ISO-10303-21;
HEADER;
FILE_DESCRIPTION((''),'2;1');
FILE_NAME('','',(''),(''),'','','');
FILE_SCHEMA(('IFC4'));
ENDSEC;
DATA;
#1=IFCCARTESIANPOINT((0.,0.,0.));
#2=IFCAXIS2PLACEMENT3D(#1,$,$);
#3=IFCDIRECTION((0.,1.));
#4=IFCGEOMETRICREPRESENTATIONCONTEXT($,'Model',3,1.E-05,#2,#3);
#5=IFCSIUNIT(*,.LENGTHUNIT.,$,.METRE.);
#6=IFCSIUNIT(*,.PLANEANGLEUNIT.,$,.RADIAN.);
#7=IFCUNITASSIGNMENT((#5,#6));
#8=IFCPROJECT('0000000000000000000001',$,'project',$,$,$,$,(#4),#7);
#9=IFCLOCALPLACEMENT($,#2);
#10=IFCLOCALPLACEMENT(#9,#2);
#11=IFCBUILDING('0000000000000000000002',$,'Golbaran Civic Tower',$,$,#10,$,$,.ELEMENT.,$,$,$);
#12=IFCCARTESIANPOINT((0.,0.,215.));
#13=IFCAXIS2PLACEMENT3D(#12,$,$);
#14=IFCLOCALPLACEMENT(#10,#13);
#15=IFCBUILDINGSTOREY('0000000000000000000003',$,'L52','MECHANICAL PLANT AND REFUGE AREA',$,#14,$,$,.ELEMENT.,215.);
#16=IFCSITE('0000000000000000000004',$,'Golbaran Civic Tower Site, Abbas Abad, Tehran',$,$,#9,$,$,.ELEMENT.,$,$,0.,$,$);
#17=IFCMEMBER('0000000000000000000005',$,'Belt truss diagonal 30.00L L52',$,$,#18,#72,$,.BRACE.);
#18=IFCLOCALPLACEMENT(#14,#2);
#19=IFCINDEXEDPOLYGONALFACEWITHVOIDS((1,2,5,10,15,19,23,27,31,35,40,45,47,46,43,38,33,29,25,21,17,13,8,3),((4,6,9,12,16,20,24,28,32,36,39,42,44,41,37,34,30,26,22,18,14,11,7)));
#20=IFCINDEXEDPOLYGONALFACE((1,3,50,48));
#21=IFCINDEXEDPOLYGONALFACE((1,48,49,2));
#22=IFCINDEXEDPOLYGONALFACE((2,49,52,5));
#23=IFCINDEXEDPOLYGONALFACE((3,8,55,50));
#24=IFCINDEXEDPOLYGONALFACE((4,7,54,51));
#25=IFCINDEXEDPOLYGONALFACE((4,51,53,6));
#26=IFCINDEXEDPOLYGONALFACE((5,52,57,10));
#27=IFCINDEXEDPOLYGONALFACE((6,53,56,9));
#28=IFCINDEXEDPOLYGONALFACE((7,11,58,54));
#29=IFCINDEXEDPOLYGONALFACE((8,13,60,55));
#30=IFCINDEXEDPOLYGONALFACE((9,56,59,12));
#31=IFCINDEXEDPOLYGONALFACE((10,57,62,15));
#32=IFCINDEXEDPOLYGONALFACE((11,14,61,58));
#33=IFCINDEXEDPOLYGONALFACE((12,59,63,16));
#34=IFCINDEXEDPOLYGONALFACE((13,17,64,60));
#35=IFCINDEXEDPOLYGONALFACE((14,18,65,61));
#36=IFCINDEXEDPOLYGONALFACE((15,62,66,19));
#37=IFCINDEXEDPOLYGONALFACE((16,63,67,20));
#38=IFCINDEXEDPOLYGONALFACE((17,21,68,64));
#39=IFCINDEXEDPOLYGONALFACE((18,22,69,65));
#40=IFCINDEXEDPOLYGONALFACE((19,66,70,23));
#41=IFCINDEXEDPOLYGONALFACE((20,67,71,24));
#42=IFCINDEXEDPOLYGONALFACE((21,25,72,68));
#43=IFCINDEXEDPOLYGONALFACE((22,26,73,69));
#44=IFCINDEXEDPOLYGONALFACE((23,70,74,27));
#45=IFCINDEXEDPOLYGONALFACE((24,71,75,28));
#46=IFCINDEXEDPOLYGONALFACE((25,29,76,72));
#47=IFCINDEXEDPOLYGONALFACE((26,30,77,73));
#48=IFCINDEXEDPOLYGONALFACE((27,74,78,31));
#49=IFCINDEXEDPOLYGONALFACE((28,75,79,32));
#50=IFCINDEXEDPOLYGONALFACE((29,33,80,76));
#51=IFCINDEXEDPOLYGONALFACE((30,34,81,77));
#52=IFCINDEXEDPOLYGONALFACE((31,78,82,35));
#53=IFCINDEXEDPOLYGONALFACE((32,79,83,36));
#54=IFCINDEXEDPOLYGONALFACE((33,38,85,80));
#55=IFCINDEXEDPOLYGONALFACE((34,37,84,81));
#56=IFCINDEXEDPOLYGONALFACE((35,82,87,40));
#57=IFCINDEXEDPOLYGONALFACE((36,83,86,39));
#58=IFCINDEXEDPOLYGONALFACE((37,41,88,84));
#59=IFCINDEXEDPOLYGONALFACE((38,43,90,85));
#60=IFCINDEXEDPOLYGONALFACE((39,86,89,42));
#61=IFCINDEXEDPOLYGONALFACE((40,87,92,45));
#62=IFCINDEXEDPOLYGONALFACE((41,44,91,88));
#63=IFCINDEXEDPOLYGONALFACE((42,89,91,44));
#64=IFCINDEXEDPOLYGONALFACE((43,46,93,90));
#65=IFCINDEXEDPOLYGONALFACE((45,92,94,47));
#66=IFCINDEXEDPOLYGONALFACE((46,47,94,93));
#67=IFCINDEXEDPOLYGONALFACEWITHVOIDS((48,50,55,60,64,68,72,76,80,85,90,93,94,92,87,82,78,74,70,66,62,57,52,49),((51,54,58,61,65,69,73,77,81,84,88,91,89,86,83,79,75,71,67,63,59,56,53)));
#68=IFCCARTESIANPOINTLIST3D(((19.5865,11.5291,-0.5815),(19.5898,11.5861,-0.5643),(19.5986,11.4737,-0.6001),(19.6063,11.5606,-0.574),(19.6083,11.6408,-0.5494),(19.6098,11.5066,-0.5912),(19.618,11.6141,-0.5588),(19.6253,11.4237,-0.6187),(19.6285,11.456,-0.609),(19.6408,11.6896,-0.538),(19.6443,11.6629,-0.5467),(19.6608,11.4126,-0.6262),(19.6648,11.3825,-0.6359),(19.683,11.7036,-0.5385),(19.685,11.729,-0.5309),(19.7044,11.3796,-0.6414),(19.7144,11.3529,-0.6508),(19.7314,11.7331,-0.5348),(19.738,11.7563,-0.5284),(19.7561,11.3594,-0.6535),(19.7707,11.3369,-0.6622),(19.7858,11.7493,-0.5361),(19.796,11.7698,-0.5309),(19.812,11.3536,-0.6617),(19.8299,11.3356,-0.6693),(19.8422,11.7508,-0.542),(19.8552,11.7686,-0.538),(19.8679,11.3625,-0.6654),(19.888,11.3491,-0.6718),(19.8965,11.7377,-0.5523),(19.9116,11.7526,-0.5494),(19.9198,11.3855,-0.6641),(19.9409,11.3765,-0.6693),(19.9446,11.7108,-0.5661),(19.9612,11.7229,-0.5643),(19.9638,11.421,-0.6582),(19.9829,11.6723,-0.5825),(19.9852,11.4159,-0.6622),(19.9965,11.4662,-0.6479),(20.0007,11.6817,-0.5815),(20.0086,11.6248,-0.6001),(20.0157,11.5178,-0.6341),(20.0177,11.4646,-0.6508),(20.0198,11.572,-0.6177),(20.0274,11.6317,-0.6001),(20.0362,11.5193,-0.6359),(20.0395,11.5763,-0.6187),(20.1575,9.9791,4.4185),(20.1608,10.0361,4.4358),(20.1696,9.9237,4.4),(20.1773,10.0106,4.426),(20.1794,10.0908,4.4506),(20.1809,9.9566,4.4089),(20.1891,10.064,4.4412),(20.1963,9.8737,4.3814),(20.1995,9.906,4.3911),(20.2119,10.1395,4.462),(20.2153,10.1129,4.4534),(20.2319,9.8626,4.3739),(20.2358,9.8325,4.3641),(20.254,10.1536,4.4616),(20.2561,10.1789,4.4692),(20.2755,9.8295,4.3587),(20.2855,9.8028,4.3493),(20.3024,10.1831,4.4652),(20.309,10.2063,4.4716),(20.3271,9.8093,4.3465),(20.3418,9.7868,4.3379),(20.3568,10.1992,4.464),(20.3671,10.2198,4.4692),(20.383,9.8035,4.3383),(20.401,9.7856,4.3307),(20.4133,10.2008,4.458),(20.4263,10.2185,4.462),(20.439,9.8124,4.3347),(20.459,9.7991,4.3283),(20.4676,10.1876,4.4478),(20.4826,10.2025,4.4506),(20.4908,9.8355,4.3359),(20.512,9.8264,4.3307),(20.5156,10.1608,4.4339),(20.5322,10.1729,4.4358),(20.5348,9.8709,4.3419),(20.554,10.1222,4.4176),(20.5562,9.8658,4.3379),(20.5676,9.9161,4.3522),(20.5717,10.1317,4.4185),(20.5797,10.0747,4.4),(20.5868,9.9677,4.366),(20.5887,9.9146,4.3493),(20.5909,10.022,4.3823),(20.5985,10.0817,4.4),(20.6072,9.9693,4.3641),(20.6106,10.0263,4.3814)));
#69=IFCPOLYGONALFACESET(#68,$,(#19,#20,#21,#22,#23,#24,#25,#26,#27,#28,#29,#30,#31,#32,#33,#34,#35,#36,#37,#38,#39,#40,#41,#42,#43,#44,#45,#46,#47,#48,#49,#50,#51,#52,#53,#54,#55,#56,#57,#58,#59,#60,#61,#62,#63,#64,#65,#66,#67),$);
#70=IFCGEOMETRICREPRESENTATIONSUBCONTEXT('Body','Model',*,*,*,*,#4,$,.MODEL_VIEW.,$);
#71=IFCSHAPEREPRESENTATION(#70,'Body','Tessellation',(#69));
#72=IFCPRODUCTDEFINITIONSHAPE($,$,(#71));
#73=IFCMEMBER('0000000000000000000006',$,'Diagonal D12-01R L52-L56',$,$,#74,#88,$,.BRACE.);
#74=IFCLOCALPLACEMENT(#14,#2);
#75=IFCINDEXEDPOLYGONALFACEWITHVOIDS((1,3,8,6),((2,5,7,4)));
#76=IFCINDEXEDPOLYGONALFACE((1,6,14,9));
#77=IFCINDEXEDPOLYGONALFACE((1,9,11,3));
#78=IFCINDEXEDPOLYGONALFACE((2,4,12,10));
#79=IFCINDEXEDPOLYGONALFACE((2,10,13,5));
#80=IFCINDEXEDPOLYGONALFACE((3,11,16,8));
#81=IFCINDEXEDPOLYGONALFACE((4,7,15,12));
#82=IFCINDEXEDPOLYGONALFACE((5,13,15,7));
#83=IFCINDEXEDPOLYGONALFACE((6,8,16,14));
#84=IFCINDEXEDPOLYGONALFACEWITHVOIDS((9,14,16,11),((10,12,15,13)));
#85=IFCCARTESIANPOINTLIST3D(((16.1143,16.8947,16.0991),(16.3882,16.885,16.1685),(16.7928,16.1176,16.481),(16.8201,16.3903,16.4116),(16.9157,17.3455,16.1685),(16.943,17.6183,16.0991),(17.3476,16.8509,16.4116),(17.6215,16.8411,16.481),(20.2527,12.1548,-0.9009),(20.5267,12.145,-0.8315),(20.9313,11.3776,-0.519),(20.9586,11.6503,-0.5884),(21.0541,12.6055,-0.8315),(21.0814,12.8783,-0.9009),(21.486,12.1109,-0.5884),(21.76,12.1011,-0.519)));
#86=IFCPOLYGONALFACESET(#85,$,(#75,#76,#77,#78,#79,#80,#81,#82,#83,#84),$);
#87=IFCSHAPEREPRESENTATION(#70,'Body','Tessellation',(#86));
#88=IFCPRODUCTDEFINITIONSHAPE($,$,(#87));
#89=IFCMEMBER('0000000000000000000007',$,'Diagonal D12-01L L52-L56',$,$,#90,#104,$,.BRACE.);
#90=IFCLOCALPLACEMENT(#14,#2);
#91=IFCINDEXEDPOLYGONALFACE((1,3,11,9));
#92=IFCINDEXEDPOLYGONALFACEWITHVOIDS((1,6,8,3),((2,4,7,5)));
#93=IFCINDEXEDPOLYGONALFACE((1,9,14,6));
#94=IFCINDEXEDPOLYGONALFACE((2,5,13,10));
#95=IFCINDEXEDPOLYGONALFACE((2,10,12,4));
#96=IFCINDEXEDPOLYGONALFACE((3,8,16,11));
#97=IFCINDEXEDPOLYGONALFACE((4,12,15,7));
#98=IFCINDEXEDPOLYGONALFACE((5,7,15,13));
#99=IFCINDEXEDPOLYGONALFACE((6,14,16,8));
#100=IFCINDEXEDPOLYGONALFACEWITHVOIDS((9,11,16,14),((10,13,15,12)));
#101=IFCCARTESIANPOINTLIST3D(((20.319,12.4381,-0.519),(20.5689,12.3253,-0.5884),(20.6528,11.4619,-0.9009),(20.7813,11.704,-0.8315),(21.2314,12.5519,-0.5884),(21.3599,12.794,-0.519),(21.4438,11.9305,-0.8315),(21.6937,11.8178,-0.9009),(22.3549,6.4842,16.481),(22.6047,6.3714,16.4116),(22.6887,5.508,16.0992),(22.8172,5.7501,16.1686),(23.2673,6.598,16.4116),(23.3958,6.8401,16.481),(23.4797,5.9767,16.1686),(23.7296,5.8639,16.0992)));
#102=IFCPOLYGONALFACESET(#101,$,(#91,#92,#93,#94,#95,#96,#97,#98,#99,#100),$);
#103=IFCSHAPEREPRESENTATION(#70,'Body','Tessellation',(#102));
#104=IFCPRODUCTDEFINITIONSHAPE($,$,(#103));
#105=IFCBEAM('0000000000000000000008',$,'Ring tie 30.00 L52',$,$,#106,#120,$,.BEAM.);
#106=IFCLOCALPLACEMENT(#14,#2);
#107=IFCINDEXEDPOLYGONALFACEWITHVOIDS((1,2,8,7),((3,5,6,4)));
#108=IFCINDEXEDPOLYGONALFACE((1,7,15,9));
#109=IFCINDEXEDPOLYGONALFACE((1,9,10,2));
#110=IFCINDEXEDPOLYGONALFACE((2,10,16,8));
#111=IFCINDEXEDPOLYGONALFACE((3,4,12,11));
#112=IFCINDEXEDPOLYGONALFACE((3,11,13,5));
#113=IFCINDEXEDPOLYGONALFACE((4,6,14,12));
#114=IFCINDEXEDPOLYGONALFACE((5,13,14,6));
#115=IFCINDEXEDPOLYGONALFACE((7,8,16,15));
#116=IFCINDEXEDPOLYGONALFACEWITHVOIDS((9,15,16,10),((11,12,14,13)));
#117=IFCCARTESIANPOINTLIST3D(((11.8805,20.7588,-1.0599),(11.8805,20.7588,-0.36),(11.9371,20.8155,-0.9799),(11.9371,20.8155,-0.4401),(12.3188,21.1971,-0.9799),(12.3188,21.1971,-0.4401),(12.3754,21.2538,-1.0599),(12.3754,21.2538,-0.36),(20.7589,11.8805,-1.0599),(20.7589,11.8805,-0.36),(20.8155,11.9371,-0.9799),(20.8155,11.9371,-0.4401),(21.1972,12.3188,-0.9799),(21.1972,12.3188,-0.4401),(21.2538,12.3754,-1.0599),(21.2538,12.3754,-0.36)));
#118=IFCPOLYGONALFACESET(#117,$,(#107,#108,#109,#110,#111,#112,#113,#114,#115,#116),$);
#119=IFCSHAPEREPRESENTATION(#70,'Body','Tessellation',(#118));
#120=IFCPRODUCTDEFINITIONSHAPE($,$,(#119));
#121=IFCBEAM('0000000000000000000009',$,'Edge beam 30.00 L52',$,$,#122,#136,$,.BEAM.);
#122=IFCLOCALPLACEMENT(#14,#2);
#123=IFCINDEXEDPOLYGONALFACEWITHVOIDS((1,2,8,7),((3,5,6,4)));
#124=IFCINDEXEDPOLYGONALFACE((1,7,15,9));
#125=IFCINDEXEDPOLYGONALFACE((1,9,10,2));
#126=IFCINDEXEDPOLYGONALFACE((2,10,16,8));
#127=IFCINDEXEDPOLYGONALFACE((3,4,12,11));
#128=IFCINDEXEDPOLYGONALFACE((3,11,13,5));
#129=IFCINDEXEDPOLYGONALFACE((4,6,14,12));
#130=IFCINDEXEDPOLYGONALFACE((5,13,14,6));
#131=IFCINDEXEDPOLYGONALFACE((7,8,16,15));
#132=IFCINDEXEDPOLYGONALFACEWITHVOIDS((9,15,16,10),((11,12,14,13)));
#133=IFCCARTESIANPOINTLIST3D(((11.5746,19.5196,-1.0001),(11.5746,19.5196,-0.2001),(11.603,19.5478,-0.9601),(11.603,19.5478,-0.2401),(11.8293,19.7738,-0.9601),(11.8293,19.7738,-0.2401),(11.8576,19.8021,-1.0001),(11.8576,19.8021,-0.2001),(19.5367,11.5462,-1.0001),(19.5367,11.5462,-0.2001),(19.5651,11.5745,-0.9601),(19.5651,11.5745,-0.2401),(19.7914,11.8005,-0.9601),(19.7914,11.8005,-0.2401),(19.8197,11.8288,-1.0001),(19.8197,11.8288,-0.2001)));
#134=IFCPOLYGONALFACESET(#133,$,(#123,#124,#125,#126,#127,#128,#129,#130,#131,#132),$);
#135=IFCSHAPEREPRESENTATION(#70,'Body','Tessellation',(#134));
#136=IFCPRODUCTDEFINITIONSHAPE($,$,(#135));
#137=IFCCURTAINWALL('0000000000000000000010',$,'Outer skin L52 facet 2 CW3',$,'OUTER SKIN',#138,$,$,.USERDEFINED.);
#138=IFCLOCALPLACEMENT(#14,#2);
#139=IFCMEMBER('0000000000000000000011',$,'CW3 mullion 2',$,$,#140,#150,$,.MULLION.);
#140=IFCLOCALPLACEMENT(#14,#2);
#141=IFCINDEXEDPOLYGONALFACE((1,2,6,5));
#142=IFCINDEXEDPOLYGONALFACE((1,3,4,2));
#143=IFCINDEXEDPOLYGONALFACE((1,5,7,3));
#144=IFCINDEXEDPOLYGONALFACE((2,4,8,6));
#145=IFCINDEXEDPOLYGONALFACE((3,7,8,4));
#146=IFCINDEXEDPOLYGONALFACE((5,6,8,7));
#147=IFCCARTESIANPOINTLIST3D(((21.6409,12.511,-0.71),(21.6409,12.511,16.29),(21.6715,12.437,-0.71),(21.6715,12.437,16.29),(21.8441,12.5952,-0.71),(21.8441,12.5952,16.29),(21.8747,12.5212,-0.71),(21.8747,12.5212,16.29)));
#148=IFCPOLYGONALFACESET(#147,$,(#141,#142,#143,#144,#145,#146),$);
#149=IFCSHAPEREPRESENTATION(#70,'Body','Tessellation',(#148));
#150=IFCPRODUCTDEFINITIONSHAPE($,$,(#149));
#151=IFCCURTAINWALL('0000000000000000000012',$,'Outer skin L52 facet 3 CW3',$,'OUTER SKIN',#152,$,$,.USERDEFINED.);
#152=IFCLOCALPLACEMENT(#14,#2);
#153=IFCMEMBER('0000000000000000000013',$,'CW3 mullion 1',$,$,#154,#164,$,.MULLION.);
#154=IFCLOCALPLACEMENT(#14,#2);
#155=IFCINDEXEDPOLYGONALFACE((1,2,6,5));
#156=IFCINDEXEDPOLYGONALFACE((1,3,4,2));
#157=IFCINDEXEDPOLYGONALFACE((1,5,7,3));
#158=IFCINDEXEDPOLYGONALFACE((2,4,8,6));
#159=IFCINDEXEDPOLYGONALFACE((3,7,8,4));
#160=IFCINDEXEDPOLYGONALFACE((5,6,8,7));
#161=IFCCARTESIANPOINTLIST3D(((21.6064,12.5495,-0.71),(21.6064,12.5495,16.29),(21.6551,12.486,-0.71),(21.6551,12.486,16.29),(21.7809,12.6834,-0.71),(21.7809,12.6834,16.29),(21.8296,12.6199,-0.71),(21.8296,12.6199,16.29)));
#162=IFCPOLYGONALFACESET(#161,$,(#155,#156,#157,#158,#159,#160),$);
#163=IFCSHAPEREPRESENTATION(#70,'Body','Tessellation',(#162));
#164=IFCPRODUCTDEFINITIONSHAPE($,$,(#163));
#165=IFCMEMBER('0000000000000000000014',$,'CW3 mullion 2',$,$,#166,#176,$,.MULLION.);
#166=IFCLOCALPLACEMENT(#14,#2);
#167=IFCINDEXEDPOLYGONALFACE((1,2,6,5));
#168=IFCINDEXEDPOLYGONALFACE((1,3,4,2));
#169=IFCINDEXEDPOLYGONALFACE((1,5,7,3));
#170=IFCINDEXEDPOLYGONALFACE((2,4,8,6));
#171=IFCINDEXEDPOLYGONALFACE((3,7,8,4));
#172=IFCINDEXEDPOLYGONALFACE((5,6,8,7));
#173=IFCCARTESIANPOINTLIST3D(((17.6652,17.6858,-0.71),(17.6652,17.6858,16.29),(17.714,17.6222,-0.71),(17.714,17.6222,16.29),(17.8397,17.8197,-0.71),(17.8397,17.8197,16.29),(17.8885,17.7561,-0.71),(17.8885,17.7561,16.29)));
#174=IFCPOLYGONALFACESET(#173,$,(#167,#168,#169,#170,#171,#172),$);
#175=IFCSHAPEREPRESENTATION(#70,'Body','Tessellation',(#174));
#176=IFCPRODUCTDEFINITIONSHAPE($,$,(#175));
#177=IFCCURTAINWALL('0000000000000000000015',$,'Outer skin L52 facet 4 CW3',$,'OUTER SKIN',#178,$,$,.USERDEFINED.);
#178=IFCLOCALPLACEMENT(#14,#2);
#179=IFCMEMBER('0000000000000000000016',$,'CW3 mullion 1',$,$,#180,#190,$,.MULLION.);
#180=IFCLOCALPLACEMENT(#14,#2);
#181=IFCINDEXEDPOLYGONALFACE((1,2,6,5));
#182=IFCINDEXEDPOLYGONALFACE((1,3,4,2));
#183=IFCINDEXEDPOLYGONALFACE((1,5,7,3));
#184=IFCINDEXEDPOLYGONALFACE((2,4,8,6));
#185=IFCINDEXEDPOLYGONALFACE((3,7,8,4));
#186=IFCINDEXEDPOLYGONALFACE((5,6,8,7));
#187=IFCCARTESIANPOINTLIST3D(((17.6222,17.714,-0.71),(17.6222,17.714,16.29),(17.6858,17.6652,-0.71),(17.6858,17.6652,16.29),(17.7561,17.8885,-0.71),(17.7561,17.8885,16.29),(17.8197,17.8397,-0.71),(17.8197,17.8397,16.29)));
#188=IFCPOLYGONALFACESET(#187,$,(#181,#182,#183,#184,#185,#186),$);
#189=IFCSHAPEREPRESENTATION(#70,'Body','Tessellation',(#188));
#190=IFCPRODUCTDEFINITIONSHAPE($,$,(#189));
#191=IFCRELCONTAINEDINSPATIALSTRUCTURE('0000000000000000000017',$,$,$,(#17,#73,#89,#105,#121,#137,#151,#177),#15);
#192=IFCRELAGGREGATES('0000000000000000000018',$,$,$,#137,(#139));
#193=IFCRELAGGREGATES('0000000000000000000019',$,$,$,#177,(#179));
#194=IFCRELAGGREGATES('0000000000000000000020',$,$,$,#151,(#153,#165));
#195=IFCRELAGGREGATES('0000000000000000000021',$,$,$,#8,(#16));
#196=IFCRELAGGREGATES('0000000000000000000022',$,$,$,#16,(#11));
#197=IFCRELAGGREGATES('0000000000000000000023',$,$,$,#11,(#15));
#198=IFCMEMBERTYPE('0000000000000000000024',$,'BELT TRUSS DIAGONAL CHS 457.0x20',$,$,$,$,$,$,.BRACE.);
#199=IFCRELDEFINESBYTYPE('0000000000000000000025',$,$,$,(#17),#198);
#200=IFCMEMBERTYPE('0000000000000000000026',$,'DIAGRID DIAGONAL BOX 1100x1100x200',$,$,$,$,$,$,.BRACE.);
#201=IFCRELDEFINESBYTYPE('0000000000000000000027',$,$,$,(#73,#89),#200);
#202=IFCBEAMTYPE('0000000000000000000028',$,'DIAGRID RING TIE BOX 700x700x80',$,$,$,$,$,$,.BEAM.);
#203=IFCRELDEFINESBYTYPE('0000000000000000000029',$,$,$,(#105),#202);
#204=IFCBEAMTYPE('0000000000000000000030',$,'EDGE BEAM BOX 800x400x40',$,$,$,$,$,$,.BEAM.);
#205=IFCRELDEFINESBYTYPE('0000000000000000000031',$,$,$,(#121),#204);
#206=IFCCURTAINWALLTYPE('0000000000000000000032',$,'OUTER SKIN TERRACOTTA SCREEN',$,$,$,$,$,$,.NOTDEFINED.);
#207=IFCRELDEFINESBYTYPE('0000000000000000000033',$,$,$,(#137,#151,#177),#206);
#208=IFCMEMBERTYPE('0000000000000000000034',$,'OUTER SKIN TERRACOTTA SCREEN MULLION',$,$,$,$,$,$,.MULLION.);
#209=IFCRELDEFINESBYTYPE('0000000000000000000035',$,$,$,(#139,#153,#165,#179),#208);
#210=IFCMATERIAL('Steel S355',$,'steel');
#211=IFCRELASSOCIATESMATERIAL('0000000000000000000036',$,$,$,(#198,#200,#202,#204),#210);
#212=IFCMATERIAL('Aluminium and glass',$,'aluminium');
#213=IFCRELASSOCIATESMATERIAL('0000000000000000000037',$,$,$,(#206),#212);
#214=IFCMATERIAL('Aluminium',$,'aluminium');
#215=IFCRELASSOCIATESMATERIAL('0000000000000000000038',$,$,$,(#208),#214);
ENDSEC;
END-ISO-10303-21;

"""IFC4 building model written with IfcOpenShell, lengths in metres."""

from ifc_helpers import new_model, si_unit, direction, frame, origin, origin_2d, place, context, subcontext, project, spatial, rectangle, hollow_rectangle, hollow_circle, extrude, material, material_profile, profile_set, type_object, element, aggregate, save


model = new_model("IFC4")

# Units and contexts
model_context = context("Model", 3, precision=1e-05, world=origin(), true_north=direction((0.0, 1.0)))
body_context = subcontext(model_context, "Body", "Model", "MODEL_VIEW")
ifc_project = project(units=[si_unit("LENGTHUNIT", "METRE"), si_unit("PLANEANGLEUNIT", "RADIAN")], contexts=[model_context])

# Site, building, storey
site_placement = place(None, origin())
site = spatial("IfcSite", under=ifc_project, at=site_placement, Name="Golbaran Civic Tower Site, Abbas Abad, Tehran", CompositionType="ELEMENT", RefElevation=0.0)
building_placement = place(site_placement, origin())
building = spatial("IfcBuilding", under=site, at=building_placement, Name="Golbaran Civic Tower", CompositionType="ELEMENT")
storey_placement = place(building_placement, frame((0.0, 0.0, 215.0)))
storey = spatial("IfcBuildingStorey", under=building, at=storey_placement, Name="L52", Description="MECHANICAL PLANT AND REFUGE AREA", CompositionType="ELEMENT", Elevation=215.0)

# Members
ifc_material_1 = material(Name="Steel S355", Category="steel")
ifc_material_profile_1 = material_profile(ifc_material_1, hollow_circle(Radius=0.2285, WallThickness=0.02, at=origin_2d()), Name="CHS 457.0x20")
ifc_profile_set_1 = profile_set([ifc_material_profile_1], Name="Steel S355")
member_type_1 = type_object("IfcMemberType", Name="BELT TRUSS DIAGONAL CHS 457.0x20", PredefinedType="BRACE", material=ifc_profile_set_1)
member_1_placement = place(storey_placement, frame((19.813, 11.5527, -0.6001), z_axis=(0.108444, -0.294361, 0.949522), x_axis=(0.938348, 0.345692, 0.0)))
element("IfcMember", 1, at=member_1_placement, inside=storey, type_object=member_type_1, Name="Belt truss diagonal 30.00L L52", PredefinedType="BRACE", context=body_context, shape_type="SweptSolid", body=[
    extrude(hollow_circle(Radius=0.2285, WallThickness=0.02, at=origin_2d()), origin(), (0.0, 0.0, 1.0), 5.2659),
])
ifc_material_profile_2 = material_profile(ifc_material_1, hollow_rectangle(XDim=1.1001, YDim=1.1001, WallThickness=0.2, at=origin_2d()), Name="BOX 1100x1100x200")
ifc_profile_set_2 = profile_set([ifc_material_profile_2], Name="Steel S355")
member_type_2 = type_object("IfcMemberType", Name="DIAGRID DIAGONAL BOX 1100x1100x200", PredefinedType="BRACE", material=ifc_profile_set_2)
for number, where, z_axis, x_axis, name in (
    (2, (21.0063, 12.1279, -0.71), (-0.2283, 0.261485, 0.937819), (-0.75329, -0.657688, 0.0), "Diagonal D12-01R L52-L56"),
    (3, (21.0063, 12.1279, -0.71), (0.112312, -0.32845, 0.93782), (0.946211, 0.323551, 0.0), "Diagonal D12-01L L52-L56"),
):
    element("IfcMember", number, at=place(storey_placement, frame(where, z_axis=z_axis, x_axis=x_axis)), inside=storey, type_object=member_type_2, Name=name, PredefinedType="BRACE", context=body_context, shape_type="SweptSolid", body=[
        extrude(hollow_rectangle(XDim=1.1001, YDim=1.1001, WallThickness=0.2, at=origin_2d()), origin(), (0.0, 0.0, 1.0), 18.1272),
    ])

# Beams
ifc_material_profile_3 = material_profile(ifc_material_1, hollow_rectangle(XDim=0.7, YDim=0.7, WallThickness=0.0801, at=origin_2d()), Name="BOX 700x700x80")
ifc_profile_set_3 = profile_set([ifc_material_profile_3], Name="Steel S355")
beam_type_1 = type_object("IfcBeamType", Name="DIAGRID RING TIE BOX 700x700x80", PredefinedType="BEAM", material=ifc_profile_set_3)
beam_1_placement = place(storey_placement, frame((21.0063, 12.1279, -0.71), z_axis=(-0.707107, 0.707107, 0.0), x_axis=(-0.707107, -0.707107, 0.0)))
element("IfcBeam", 4, at=beam_1_placement, inside=storey, type_object=beam_type_1, Name="Ring tie 30.00 L52", PredefinedType="BEAM", context=body_context, shape_type="SweptSolid", body=[
    extrude(hollow_rectangle(XDim=0.7, YDim=0.7, WallThickness=0.0801, at=origin_2d()), origin(), (0.0, 0.0, 1.0), 12.5559),
])
ifc_material_profile_4 = material_profile(ifc_material_1, hollow_rectangle(XDim=0.3999, YDim=0.8, WallThickness=0.04, at=origin_2d()), Name="BOX 800x400x40")
ifc_profile_set_4 = profile_set([ifc_material_profile_4], Name="Steel S355")
beam_type_2 = type_object("IfcBeamType", Name="EDGE BEAM BOX 800x400x40", PredefinedType="BEAM", material=ifc_profile_set_4)
beam_2_placement = place(storey_placement, frame((19.6782, 11.6875, -0.6001), z_axis=(-0.706608, 0.707605, 0.0), x_axis=(-0.707605, -0.706608, 0.0)))
element("IfcBeam", 5, at=beam_2_placement, inside=storey, type_object=beam_type_2, Name="Edge beam 30.00 L52", PredefinedType="BEAM", context=body_context, shape_type="SweptSolid", body=[
    extrude(hollow_rectangle(XDim=0.3999, YDim=0.8, WallThickness=0.04, at=origin_2d()), origin(), (0.0, 0.0, 1.0), 11.2681),
])

# Curtain wall, member
ifc_material_2 = material(Name="Aluminium and glass", Category="aluminium")
curtain_wall_type_1 = type_object("IfcCurtainWallType", Name="OUTER SKIN TERRACOTTA SCREEN", PredefinedType="NOTDEFINED", material=ifc_material_2)
curtain_wall_1_placement = place(storey_placement, origin())
curtain_wall_1 = element("IfcCurtainWall", 6, at=curtain_wall_1_placement, inside=storey, type_object=curtain_wall_type_1, Name="Outer skin L52 facet 2 CW3", ObjectType="OUTER SKIN", PredefinedType="USERDEFINED")
ifc_material_3 = material(Name="Aluminium", Category="aluminium")
ifc_material_profile_5 = material_profile(ifc_material_3, rectangle(XDim=0.22, YDim=0.0801, at=origin_2d()), Name="OUTER SKIN TERRACOTTA SCREEN MULLION")
ifc_profile_set_5 = profile_set([ifc_material_profile_5], Name="Aluminium")
member_type_3 = type_object("IfcMemberType", Name="OUTER SKIN TERRACOTTA SCREEN MULLION", PredefinedType="MULLION", material=ifc_profile_set_5)
member_2_placement = place(storey_placement, frame((21.7578, 12.5161, -0.71), z_axis=(0.0, 0.0, 1.0), x_axis=(-0.92388, -0.382683, 0.0)))
member_2 = element("IfcMember", 7, at=member_2_placement, type_object=member_type_3, Name="CW3 mullion 2", PredefinedType="MULLION", context=body_context, shape_type="SweptSolid", body=[
    extrude(rectangle(XDim=0.22, YDim=0.0801, at=origin_2d()), origin(), (0.0, 0.0, 1.0), 17.0),
])

# Curtain wall, members
curtain_wall_2_placement = place(storey_placement, origin())
curtain_wall_2 = element("IfcCurtainWall", 8, at=curtain_wall_2_placement, inside=storey, type_object=curtain_wall_type_1, Name="Outer skin L52 facet 3 CW3", ObjectType="OUTER SKIN", PredefinedType="USERDEFINED")
member_3_placement = place(storey_placement, frame((21.718, 12.5847, -0.71), z_axis=(0.0, 0.0, 1.0), x_axis=(-0.793353, -0.608761, 0.0)))
member_3 = element("IfcMember", 9, at=member_3_placement, type_object=member_type_3, Name="CW3 mullion 1", PredefinedType="MULLION", context=body_context, shape_type="SweptSolid", body=[
    extrude(rectangle(XDim=0.22, YDim=0.0801, at=origin_2d()), origin(), (0.0, 0.0, 1.0), 17.0),
])
member_4_placement = place(storey_placement, frame((17.7769, 17.7209, -0.71), z_axis=(0.0, 0.0, 1.0), x_axis=(-0.793353, -0.608761, 0.0)))
member_4 = element("IfcMember", 10, at=member_4_placement, type_object=member_type_3, Name="CW3 mullion 2", PredefinedType="MULLION", context=body_context, shape_type="SweptSolid", body=[
    extrude(rectangle(XDim=0.22, YDim=0.0801, at=origin_2d()), origin(), (0.0, 0.0, 1.0), 17.0),
])

# Curtain wall, member
curtain_wall_3_placement = place(storey_placement, origin())
curtain_wall_3 = element("IfcCurtainWall", 11, at=curtain_wall_3_placement, inside=storey, type_object=curtain_wall_type_1, Name="Outer skin L52 facet 4 CW3", ObjectType="OUTER SKIN", PredefinedType="USERDEFINED")
member_5_placement = place(storey_placement, frame((17.7209, 17.7769, -0.71), z_axis=(0.0, 0.0, 1.0), x_axis=(-0.608761, -0.793353, 0.0)))
member_5 = element("IfcMember", 12, at=member_5_placement, type_object=member_type_3, Name="CW3 mullion 1", PredefinedType="MULLION", context=body_context, shape_type="SweptSolid", body=[
    extrude(rectangle(XDim=0.22, YDim=0.0801, at=origin_2d()), origin(), (0.0, 0.0, 1.0), 17.0),
])

aggregate(curtain_wall_1, [member_2])
aggregate(curtain_wall_3, [member_5])
aggregate(curtain_wall_2, [member_3, member_4])

save(model, "model.ifc")
